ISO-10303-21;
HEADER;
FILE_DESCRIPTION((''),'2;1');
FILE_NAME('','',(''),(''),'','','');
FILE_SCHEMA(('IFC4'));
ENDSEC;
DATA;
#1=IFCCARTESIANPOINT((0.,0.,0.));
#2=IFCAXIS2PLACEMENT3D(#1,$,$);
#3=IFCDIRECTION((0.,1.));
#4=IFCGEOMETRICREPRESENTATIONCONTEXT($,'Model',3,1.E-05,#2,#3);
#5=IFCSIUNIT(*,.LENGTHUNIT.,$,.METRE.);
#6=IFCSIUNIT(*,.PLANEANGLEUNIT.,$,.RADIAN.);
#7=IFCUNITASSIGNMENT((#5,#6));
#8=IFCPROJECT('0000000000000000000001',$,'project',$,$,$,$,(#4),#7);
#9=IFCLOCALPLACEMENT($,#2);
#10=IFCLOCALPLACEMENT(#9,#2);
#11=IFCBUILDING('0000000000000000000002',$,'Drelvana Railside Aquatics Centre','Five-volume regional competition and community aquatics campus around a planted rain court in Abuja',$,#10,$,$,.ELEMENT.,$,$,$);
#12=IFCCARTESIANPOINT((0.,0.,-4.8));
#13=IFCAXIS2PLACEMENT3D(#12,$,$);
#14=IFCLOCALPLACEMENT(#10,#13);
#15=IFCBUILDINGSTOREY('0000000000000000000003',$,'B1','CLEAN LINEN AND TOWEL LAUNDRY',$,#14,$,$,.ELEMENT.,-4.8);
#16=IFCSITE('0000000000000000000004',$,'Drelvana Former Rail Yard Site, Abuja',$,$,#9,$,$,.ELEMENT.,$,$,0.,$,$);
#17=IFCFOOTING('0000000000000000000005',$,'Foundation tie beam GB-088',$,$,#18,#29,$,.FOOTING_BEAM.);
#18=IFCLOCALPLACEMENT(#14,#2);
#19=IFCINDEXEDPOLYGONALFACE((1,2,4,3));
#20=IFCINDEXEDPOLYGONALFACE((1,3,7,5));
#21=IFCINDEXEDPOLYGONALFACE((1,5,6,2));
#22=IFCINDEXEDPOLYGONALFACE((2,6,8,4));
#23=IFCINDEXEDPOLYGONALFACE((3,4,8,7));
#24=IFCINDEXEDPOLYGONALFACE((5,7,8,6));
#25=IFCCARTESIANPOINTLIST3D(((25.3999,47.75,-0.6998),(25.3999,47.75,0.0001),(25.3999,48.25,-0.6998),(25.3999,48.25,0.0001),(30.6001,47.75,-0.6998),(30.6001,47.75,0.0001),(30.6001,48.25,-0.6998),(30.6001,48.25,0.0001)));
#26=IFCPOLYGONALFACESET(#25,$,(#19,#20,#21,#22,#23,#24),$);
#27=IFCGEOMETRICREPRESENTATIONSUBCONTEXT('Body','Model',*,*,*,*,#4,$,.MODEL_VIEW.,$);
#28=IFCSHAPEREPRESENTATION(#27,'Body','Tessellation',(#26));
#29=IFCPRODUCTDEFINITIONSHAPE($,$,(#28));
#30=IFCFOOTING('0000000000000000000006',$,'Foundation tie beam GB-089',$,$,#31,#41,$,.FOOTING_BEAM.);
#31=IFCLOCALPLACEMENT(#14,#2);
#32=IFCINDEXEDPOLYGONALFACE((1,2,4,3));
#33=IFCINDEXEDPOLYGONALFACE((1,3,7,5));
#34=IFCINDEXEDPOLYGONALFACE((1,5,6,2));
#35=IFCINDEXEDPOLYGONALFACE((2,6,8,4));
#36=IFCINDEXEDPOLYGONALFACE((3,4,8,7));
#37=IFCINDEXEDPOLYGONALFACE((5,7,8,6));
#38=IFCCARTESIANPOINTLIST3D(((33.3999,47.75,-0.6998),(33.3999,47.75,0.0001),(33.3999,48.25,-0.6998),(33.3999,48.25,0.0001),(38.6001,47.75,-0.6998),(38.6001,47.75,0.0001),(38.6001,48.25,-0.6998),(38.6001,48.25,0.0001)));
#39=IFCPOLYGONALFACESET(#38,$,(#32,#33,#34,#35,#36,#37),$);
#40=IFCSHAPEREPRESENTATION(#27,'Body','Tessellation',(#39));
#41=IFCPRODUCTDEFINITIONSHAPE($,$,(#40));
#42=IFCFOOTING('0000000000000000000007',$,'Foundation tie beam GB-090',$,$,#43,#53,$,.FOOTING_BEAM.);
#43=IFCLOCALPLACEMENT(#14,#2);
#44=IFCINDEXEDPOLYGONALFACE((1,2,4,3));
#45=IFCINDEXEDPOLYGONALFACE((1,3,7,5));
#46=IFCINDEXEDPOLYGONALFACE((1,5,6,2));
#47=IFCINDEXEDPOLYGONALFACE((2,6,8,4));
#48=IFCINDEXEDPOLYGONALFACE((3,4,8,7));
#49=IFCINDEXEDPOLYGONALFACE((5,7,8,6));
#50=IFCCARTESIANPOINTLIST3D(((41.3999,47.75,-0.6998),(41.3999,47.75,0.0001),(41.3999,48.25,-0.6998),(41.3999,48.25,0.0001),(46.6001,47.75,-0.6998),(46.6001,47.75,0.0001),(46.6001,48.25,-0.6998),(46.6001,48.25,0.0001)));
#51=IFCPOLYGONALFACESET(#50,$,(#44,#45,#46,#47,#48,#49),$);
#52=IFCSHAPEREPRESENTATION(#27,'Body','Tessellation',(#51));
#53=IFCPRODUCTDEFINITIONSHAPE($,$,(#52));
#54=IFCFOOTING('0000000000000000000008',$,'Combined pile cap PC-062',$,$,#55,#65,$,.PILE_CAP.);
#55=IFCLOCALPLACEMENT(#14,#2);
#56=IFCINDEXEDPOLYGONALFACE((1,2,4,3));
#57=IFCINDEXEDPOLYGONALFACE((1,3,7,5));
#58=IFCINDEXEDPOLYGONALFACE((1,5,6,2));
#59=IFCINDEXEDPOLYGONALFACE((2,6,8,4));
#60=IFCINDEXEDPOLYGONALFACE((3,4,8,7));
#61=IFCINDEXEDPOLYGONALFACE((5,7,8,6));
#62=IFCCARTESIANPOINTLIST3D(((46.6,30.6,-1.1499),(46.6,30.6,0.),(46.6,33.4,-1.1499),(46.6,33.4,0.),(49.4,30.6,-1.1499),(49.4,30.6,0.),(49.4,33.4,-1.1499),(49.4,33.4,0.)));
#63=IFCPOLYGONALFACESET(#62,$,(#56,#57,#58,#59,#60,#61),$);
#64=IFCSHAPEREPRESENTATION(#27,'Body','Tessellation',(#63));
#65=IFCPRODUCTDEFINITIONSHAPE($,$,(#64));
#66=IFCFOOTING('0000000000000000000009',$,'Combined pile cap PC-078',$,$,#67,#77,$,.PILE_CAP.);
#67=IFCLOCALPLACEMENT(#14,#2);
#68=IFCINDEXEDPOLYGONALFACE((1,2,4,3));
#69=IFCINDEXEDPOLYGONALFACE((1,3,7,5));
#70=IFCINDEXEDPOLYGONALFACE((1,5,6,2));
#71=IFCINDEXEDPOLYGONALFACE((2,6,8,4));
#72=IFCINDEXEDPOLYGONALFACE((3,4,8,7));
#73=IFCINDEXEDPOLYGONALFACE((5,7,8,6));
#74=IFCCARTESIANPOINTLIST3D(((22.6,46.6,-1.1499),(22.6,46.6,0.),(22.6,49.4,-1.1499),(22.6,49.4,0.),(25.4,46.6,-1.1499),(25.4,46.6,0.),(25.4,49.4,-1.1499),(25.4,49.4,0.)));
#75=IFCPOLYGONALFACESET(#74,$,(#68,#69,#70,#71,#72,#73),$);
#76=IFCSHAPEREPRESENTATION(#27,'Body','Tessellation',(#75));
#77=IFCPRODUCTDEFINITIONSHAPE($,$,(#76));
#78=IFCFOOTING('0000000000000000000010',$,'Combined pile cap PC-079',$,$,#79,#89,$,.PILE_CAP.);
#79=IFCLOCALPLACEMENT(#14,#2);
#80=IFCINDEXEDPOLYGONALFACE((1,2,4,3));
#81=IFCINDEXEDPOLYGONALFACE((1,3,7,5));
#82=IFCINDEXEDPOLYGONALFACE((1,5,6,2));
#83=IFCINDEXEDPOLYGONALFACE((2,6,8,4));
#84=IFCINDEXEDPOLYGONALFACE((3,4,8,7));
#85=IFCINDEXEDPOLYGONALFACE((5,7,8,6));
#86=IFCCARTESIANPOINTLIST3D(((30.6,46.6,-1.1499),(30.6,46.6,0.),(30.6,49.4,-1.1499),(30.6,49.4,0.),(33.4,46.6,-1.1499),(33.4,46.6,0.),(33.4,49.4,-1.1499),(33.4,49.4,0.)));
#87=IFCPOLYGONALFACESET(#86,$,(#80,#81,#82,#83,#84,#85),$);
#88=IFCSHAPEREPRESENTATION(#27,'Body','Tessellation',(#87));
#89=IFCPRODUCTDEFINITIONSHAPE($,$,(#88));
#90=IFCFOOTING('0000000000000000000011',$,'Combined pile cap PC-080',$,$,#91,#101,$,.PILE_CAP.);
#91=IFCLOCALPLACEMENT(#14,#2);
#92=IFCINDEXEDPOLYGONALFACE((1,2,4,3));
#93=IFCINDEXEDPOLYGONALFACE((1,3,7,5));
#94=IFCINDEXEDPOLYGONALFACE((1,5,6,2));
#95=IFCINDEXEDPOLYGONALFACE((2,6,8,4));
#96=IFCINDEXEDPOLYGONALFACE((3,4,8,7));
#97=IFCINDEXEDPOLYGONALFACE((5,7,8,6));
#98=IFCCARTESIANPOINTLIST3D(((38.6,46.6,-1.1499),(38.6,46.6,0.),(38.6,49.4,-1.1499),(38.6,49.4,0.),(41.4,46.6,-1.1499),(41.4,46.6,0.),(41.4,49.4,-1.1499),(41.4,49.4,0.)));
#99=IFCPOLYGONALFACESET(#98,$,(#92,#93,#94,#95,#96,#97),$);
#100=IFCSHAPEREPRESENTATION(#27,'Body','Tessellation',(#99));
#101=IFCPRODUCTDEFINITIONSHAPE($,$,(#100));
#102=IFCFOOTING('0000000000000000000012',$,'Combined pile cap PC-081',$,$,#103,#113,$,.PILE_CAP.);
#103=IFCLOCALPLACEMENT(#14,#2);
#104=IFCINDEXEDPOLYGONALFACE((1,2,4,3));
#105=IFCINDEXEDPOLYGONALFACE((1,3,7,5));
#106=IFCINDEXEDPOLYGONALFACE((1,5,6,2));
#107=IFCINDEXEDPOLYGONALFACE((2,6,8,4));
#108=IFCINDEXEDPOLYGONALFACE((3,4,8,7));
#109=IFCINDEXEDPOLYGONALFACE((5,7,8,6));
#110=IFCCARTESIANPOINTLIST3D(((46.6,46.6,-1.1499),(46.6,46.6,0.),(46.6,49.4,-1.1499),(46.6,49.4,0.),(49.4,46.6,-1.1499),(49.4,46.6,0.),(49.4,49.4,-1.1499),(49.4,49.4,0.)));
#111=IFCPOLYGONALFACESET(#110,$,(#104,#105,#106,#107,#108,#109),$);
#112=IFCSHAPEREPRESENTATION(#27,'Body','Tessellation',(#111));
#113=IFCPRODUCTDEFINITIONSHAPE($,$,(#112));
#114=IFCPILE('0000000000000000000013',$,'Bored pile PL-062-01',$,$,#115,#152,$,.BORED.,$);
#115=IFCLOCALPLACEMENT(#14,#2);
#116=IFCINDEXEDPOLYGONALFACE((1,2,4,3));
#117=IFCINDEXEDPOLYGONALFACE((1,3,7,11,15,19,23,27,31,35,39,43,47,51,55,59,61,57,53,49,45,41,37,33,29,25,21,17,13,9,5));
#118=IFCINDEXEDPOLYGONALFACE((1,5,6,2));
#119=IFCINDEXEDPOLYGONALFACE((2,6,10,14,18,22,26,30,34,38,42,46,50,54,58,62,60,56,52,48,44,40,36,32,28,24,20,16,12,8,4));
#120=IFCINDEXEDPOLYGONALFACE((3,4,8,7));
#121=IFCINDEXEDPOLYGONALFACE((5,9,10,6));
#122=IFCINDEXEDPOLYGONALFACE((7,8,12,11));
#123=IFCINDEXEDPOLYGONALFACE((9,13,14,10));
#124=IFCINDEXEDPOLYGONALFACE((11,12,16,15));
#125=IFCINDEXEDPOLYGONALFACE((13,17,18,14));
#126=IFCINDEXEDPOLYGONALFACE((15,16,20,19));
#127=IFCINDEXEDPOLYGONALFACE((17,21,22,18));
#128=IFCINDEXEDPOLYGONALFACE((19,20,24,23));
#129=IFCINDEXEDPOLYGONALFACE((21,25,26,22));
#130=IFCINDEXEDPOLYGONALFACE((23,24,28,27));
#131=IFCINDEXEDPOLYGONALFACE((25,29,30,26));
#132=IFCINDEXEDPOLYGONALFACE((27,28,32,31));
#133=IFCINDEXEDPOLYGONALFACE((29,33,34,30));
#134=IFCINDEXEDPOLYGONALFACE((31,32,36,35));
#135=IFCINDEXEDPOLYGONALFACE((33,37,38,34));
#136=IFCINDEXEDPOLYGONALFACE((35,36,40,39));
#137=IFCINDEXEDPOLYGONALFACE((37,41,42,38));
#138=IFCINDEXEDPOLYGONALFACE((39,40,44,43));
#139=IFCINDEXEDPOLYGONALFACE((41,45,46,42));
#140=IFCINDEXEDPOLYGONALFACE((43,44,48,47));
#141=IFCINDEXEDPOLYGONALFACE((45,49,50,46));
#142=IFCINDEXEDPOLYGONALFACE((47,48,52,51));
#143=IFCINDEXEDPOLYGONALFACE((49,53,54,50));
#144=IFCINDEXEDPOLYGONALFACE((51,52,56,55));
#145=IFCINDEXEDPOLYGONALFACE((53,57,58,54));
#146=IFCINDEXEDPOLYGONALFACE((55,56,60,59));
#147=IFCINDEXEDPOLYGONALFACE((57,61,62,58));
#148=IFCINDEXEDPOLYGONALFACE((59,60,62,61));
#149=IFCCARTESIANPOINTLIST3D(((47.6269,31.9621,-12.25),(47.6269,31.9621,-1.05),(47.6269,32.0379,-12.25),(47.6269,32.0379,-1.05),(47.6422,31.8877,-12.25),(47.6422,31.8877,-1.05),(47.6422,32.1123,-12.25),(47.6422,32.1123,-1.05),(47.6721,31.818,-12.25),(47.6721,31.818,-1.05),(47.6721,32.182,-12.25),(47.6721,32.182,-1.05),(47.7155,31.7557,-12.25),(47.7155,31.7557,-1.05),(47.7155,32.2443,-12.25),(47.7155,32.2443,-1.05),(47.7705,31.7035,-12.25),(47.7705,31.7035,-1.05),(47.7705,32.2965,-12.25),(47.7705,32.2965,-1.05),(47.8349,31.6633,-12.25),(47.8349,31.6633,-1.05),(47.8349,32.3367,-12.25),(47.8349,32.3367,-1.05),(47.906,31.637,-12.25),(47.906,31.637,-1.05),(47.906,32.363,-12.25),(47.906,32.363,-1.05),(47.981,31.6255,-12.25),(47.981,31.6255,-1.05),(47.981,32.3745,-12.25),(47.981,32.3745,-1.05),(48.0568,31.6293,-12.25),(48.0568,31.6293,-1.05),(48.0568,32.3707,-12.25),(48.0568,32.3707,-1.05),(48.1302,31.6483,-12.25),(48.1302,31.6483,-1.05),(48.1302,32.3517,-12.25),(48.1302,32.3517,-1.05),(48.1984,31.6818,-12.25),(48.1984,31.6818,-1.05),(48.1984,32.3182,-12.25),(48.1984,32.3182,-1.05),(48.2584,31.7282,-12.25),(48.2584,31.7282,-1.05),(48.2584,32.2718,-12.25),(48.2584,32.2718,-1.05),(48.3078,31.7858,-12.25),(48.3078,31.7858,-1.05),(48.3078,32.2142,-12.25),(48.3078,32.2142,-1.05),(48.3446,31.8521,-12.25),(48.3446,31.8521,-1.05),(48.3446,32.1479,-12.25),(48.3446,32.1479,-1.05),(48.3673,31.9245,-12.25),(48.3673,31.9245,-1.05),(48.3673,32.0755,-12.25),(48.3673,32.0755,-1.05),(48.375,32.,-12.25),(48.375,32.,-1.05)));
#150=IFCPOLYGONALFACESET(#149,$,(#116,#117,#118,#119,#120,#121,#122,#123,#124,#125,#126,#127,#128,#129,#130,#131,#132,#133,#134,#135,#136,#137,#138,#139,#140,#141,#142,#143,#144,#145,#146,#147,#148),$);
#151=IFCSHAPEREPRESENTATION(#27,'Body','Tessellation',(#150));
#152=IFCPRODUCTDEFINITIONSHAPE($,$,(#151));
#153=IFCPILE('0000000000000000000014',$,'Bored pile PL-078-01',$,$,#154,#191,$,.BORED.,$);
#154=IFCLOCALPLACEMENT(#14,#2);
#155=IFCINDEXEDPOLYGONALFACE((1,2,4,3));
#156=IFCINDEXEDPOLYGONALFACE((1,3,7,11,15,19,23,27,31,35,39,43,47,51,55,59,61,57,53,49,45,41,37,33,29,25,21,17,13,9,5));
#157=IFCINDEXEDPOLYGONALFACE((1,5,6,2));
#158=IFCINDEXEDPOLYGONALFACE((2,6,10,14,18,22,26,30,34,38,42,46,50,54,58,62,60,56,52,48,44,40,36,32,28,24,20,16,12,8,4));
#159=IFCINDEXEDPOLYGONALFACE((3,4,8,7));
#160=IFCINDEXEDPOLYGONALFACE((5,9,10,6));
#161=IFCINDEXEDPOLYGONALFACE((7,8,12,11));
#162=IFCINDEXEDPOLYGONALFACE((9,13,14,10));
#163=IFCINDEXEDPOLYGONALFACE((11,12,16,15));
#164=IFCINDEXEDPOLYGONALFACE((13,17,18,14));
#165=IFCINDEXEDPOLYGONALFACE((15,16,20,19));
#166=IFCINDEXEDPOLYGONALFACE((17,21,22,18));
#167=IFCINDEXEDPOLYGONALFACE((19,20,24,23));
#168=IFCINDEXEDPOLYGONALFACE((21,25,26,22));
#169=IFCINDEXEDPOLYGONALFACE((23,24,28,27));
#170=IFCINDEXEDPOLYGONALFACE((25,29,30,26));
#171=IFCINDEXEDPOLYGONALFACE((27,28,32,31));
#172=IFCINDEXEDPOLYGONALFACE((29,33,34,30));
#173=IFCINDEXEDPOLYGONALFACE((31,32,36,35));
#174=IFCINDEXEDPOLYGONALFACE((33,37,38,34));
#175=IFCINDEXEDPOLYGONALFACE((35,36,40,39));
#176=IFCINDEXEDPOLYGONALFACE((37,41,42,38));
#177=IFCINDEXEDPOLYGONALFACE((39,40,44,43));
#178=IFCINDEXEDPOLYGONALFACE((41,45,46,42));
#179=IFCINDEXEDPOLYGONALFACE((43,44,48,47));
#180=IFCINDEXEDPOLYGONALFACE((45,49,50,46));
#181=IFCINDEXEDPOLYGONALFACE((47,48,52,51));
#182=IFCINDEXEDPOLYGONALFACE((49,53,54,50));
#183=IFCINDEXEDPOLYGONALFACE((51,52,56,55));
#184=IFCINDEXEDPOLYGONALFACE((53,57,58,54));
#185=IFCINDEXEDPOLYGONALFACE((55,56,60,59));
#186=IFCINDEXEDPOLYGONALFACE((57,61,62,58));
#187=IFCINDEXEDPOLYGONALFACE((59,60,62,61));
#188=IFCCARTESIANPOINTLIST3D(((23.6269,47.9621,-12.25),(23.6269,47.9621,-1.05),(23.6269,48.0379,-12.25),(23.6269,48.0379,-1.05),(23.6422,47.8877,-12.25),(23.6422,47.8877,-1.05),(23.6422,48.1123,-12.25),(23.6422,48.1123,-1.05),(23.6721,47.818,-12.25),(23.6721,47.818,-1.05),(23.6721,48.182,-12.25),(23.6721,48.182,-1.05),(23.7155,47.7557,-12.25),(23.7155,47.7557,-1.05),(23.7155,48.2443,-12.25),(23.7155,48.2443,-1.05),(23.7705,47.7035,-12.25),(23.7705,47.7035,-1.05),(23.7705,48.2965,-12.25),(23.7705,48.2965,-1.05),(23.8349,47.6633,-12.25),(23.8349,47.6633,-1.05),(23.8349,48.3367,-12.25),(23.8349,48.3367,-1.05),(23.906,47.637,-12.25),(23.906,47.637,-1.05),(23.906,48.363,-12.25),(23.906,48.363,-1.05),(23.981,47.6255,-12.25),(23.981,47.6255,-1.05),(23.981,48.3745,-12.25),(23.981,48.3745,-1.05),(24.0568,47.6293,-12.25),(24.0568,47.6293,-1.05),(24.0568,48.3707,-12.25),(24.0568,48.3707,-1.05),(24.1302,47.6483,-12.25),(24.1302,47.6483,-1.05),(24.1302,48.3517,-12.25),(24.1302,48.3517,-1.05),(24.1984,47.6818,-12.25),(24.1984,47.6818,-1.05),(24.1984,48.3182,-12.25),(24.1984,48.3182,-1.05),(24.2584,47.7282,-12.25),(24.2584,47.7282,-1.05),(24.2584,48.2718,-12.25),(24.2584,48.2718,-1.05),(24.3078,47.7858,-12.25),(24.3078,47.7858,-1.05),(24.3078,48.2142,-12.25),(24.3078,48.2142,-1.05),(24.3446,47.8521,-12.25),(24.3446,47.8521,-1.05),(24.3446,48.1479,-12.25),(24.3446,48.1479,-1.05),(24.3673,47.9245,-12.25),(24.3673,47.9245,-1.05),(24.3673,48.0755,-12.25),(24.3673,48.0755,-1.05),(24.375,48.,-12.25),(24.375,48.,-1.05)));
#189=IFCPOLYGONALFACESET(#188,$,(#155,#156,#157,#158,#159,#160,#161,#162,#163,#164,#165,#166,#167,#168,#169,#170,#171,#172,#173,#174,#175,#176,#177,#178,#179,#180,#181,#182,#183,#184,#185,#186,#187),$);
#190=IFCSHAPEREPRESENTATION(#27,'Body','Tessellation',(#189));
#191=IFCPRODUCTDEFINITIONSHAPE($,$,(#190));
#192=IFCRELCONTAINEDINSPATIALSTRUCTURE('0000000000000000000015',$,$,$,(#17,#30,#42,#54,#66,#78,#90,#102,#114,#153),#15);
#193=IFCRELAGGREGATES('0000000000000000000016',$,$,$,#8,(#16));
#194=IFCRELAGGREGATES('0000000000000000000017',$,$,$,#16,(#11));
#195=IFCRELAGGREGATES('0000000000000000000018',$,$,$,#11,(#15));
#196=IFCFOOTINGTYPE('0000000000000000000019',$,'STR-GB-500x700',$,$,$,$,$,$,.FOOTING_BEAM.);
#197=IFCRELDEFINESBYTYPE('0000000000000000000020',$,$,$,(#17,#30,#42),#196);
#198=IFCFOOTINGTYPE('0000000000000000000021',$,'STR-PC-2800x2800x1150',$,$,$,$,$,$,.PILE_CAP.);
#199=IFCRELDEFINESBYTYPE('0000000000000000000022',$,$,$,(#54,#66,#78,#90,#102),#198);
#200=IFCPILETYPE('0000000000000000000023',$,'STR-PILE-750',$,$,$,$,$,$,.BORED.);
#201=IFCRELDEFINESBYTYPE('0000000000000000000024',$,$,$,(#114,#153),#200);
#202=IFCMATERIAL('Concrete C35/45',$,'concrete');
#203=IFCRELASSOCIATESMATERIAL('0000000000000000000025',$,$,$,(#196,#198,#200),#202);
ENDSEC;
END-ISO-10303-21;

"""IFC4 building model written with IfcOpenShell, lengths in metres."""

from ifc_helpers import new_model, si_unit, direction, frame, origin, origin_2d, place, context, subcontext, project, spatial, rectangle, circle, extrude, material, material_profile, profile_set, type_object, element, save


model = new_model("IFC4")

# Units and contexts
model_context = context("Model", 3, precision=1e-05, world=origin(), true_north=direction((0.0, 1.0)))
body_context = subcontext(model_context, "Body", "Model", "MODEL_VIEW")
ifc_project = project(units=[si_unit("LENGTHUNIT", "METRE"), si_unit("PLANEANGLEUNIT", "RADIAN")], contexts=[model_context])

# Site, building, storey
site_placement = place(None, origin())
site = spatial("IfcSite", under=ifc_project, at=site_placement, Name="Drelvana Former Rail Yard Site, Abuja", CompositionType="ELEMENT", RefElevation=0.0)
building_placement = place(site_placement, origin())
building = spatial("IfcBuilding", under=site, at=building_placement, Name="Drelvana Railside Aquatics Centre", Description="Five-volume regional competition and community aquatics campus around a planted rain court in Abuja", CompositionType="ELEMENT")
storey_placement = place(building_placement, frame((0.0, 0.0, -4.8)))
storey = spatial("IfcBuildingStorey", under=building, at=storey_placement, Name="B1", Description="CLEAN LINEN AND TOWEL LAUNDRY", CompositionType="ELEMENT", Elevation=-4.8)

# Footings
ifc_material_1 = material(Name="Concrete C35/45", Category="concrete")
ifc_material_profile_1 = material_profile(ifc_material_1, rectangle(XDim=0.5, YDim=0.7, at=origin_2d()), Name="GB 500x700")
ifc_profile_set_1 = profile_set([ifc_material_profile_1], Name="Concrete C35/45")
footing_type_1 = type_object("IfcFootingType", Name="STR-GB-500x700", PredefinedType="FOOTING_BEAM", material=ifc_profile_set_1)
for number, where, z_axis, x_axis, name in (
    (1, (25.3999, 48.0, -0.3499), (1.0, 0.0, 0.0), (0.0, 1.0, 0.0), "Foundation tie beam GB-088"),
    (2, (33.3999, 48.0, -0.3499), (1.0, 0.0, 0.0), (0.0, 1.0, 0.0), "Foundation tie beam GB-089"),
    (3, (41.3999, 48.0, -0.3499), (1.0, 0.0, 0.0), (0.0, 1.0, 0.0), "Foundation tie beam GB-090"),
):
    element("IfcFooting", number, at=place(storey_placement, frame(where, z_axis=z_axis, x_axis=x_axis)), inside=storey, type_object=footing_type_1, Name=name, PredefinedType="FOOTING_BEAM", context=body_context, shape_type="SweptSolid", body=[
        extrude(rectangle(XDim=0.5, YDim=0.7, at=origin_2d()), origin(), (0.0, 0.0, 1.0), 5.2002),
    ])
footing_type_2 = type_object("IfcFootingType", Name="STR-PC-2800x2800x1150", PredefinedType="PILE_CAP", material=ifc_material_1)
for number, where, z_axis, x_axis, name in (
    (4, (48.0, 32.0, -1.1499), (0.0, 0.0, 1.0), (1.0, 0.0, 0.0), "Combined pile cap PC-062"),
    (5, (24.0, 48.0, -1.1499), (0.0, 0.0, 1.0), (1.0, 0.0, 0.0), "Combined pile cap PC-078"),
    (6, (32.0, 48.0, -1.1499), (0.0, 0.0, 1.0), (1.0, 0.0, 0.0), "Combined pile cap PC-079"),
    (7, (40.0, 48.0, -1.1499), (0.0, 0.0, 1.0), (1.0, 0.0, 0.0), "Combined pile cap PC-080"),
    (8, (48.0, 48.0, -1.1499), (0.0, 0.0, 1.0), (1.0, 0.0, 0.0), "Combined pile cap PC-081"),
):
    element("IfcFooting", number, at=place(storey_placement, frame(where, z_axis=z_axis, x_axis=x_axis)), inside=storey, type_object=footing_type_2, Name=name, PredefinedType="PILE_CAP", context=body_context, shape_type="SweptSolid", body=[
        extrude(rectangle(XDim=2.8, YDim=2.8, at=origin_2d()), origin(), (0.0, 0.0, 1.0), 1.1499),
    ])

# Piles
ifc_material_profile_2 = material_profile(ifc_material_1, circle(Radius=0.375, at=origin_2d()), Name="PILE D750")
ifc_profile_set_2 = profile_set([ifc_material_profile_2], Name="Concrete C35/45")
pile_type = type_object("IfcPileType", Name="STR-PILE-750", PredefinedType="BORED", material=ifc_profile_set_2)
for number, where, z_axis, x_axis, name in (
    (9, (48.0, 32.0, -1.05), (0.0, 0.0, -1.0), (1.0, 0.0, 0.0), "Bored pile PL-062-01"),
    (10, (24.0, 48.0, -1.05), (0.0, 0.0, -1.0), (1.0, 0.0, 0.0), "Bored pile PL-078-01"),
):
    element("IfcPile", number, at=place(storey_placement, frame(where, z_axis=z_axis, x_axis=x_axis)), inside=storey, type_object=pile_type, Name=name, PredefinedType="BORED", context=body_context, shape_type="SweptSolid", body=[
        extrude(circle(Radius=0.375, at=origin_2d()), origin(), (0.0, 0.0, 1.0), 11.2),
    ])

save(model, "model.ifc")
